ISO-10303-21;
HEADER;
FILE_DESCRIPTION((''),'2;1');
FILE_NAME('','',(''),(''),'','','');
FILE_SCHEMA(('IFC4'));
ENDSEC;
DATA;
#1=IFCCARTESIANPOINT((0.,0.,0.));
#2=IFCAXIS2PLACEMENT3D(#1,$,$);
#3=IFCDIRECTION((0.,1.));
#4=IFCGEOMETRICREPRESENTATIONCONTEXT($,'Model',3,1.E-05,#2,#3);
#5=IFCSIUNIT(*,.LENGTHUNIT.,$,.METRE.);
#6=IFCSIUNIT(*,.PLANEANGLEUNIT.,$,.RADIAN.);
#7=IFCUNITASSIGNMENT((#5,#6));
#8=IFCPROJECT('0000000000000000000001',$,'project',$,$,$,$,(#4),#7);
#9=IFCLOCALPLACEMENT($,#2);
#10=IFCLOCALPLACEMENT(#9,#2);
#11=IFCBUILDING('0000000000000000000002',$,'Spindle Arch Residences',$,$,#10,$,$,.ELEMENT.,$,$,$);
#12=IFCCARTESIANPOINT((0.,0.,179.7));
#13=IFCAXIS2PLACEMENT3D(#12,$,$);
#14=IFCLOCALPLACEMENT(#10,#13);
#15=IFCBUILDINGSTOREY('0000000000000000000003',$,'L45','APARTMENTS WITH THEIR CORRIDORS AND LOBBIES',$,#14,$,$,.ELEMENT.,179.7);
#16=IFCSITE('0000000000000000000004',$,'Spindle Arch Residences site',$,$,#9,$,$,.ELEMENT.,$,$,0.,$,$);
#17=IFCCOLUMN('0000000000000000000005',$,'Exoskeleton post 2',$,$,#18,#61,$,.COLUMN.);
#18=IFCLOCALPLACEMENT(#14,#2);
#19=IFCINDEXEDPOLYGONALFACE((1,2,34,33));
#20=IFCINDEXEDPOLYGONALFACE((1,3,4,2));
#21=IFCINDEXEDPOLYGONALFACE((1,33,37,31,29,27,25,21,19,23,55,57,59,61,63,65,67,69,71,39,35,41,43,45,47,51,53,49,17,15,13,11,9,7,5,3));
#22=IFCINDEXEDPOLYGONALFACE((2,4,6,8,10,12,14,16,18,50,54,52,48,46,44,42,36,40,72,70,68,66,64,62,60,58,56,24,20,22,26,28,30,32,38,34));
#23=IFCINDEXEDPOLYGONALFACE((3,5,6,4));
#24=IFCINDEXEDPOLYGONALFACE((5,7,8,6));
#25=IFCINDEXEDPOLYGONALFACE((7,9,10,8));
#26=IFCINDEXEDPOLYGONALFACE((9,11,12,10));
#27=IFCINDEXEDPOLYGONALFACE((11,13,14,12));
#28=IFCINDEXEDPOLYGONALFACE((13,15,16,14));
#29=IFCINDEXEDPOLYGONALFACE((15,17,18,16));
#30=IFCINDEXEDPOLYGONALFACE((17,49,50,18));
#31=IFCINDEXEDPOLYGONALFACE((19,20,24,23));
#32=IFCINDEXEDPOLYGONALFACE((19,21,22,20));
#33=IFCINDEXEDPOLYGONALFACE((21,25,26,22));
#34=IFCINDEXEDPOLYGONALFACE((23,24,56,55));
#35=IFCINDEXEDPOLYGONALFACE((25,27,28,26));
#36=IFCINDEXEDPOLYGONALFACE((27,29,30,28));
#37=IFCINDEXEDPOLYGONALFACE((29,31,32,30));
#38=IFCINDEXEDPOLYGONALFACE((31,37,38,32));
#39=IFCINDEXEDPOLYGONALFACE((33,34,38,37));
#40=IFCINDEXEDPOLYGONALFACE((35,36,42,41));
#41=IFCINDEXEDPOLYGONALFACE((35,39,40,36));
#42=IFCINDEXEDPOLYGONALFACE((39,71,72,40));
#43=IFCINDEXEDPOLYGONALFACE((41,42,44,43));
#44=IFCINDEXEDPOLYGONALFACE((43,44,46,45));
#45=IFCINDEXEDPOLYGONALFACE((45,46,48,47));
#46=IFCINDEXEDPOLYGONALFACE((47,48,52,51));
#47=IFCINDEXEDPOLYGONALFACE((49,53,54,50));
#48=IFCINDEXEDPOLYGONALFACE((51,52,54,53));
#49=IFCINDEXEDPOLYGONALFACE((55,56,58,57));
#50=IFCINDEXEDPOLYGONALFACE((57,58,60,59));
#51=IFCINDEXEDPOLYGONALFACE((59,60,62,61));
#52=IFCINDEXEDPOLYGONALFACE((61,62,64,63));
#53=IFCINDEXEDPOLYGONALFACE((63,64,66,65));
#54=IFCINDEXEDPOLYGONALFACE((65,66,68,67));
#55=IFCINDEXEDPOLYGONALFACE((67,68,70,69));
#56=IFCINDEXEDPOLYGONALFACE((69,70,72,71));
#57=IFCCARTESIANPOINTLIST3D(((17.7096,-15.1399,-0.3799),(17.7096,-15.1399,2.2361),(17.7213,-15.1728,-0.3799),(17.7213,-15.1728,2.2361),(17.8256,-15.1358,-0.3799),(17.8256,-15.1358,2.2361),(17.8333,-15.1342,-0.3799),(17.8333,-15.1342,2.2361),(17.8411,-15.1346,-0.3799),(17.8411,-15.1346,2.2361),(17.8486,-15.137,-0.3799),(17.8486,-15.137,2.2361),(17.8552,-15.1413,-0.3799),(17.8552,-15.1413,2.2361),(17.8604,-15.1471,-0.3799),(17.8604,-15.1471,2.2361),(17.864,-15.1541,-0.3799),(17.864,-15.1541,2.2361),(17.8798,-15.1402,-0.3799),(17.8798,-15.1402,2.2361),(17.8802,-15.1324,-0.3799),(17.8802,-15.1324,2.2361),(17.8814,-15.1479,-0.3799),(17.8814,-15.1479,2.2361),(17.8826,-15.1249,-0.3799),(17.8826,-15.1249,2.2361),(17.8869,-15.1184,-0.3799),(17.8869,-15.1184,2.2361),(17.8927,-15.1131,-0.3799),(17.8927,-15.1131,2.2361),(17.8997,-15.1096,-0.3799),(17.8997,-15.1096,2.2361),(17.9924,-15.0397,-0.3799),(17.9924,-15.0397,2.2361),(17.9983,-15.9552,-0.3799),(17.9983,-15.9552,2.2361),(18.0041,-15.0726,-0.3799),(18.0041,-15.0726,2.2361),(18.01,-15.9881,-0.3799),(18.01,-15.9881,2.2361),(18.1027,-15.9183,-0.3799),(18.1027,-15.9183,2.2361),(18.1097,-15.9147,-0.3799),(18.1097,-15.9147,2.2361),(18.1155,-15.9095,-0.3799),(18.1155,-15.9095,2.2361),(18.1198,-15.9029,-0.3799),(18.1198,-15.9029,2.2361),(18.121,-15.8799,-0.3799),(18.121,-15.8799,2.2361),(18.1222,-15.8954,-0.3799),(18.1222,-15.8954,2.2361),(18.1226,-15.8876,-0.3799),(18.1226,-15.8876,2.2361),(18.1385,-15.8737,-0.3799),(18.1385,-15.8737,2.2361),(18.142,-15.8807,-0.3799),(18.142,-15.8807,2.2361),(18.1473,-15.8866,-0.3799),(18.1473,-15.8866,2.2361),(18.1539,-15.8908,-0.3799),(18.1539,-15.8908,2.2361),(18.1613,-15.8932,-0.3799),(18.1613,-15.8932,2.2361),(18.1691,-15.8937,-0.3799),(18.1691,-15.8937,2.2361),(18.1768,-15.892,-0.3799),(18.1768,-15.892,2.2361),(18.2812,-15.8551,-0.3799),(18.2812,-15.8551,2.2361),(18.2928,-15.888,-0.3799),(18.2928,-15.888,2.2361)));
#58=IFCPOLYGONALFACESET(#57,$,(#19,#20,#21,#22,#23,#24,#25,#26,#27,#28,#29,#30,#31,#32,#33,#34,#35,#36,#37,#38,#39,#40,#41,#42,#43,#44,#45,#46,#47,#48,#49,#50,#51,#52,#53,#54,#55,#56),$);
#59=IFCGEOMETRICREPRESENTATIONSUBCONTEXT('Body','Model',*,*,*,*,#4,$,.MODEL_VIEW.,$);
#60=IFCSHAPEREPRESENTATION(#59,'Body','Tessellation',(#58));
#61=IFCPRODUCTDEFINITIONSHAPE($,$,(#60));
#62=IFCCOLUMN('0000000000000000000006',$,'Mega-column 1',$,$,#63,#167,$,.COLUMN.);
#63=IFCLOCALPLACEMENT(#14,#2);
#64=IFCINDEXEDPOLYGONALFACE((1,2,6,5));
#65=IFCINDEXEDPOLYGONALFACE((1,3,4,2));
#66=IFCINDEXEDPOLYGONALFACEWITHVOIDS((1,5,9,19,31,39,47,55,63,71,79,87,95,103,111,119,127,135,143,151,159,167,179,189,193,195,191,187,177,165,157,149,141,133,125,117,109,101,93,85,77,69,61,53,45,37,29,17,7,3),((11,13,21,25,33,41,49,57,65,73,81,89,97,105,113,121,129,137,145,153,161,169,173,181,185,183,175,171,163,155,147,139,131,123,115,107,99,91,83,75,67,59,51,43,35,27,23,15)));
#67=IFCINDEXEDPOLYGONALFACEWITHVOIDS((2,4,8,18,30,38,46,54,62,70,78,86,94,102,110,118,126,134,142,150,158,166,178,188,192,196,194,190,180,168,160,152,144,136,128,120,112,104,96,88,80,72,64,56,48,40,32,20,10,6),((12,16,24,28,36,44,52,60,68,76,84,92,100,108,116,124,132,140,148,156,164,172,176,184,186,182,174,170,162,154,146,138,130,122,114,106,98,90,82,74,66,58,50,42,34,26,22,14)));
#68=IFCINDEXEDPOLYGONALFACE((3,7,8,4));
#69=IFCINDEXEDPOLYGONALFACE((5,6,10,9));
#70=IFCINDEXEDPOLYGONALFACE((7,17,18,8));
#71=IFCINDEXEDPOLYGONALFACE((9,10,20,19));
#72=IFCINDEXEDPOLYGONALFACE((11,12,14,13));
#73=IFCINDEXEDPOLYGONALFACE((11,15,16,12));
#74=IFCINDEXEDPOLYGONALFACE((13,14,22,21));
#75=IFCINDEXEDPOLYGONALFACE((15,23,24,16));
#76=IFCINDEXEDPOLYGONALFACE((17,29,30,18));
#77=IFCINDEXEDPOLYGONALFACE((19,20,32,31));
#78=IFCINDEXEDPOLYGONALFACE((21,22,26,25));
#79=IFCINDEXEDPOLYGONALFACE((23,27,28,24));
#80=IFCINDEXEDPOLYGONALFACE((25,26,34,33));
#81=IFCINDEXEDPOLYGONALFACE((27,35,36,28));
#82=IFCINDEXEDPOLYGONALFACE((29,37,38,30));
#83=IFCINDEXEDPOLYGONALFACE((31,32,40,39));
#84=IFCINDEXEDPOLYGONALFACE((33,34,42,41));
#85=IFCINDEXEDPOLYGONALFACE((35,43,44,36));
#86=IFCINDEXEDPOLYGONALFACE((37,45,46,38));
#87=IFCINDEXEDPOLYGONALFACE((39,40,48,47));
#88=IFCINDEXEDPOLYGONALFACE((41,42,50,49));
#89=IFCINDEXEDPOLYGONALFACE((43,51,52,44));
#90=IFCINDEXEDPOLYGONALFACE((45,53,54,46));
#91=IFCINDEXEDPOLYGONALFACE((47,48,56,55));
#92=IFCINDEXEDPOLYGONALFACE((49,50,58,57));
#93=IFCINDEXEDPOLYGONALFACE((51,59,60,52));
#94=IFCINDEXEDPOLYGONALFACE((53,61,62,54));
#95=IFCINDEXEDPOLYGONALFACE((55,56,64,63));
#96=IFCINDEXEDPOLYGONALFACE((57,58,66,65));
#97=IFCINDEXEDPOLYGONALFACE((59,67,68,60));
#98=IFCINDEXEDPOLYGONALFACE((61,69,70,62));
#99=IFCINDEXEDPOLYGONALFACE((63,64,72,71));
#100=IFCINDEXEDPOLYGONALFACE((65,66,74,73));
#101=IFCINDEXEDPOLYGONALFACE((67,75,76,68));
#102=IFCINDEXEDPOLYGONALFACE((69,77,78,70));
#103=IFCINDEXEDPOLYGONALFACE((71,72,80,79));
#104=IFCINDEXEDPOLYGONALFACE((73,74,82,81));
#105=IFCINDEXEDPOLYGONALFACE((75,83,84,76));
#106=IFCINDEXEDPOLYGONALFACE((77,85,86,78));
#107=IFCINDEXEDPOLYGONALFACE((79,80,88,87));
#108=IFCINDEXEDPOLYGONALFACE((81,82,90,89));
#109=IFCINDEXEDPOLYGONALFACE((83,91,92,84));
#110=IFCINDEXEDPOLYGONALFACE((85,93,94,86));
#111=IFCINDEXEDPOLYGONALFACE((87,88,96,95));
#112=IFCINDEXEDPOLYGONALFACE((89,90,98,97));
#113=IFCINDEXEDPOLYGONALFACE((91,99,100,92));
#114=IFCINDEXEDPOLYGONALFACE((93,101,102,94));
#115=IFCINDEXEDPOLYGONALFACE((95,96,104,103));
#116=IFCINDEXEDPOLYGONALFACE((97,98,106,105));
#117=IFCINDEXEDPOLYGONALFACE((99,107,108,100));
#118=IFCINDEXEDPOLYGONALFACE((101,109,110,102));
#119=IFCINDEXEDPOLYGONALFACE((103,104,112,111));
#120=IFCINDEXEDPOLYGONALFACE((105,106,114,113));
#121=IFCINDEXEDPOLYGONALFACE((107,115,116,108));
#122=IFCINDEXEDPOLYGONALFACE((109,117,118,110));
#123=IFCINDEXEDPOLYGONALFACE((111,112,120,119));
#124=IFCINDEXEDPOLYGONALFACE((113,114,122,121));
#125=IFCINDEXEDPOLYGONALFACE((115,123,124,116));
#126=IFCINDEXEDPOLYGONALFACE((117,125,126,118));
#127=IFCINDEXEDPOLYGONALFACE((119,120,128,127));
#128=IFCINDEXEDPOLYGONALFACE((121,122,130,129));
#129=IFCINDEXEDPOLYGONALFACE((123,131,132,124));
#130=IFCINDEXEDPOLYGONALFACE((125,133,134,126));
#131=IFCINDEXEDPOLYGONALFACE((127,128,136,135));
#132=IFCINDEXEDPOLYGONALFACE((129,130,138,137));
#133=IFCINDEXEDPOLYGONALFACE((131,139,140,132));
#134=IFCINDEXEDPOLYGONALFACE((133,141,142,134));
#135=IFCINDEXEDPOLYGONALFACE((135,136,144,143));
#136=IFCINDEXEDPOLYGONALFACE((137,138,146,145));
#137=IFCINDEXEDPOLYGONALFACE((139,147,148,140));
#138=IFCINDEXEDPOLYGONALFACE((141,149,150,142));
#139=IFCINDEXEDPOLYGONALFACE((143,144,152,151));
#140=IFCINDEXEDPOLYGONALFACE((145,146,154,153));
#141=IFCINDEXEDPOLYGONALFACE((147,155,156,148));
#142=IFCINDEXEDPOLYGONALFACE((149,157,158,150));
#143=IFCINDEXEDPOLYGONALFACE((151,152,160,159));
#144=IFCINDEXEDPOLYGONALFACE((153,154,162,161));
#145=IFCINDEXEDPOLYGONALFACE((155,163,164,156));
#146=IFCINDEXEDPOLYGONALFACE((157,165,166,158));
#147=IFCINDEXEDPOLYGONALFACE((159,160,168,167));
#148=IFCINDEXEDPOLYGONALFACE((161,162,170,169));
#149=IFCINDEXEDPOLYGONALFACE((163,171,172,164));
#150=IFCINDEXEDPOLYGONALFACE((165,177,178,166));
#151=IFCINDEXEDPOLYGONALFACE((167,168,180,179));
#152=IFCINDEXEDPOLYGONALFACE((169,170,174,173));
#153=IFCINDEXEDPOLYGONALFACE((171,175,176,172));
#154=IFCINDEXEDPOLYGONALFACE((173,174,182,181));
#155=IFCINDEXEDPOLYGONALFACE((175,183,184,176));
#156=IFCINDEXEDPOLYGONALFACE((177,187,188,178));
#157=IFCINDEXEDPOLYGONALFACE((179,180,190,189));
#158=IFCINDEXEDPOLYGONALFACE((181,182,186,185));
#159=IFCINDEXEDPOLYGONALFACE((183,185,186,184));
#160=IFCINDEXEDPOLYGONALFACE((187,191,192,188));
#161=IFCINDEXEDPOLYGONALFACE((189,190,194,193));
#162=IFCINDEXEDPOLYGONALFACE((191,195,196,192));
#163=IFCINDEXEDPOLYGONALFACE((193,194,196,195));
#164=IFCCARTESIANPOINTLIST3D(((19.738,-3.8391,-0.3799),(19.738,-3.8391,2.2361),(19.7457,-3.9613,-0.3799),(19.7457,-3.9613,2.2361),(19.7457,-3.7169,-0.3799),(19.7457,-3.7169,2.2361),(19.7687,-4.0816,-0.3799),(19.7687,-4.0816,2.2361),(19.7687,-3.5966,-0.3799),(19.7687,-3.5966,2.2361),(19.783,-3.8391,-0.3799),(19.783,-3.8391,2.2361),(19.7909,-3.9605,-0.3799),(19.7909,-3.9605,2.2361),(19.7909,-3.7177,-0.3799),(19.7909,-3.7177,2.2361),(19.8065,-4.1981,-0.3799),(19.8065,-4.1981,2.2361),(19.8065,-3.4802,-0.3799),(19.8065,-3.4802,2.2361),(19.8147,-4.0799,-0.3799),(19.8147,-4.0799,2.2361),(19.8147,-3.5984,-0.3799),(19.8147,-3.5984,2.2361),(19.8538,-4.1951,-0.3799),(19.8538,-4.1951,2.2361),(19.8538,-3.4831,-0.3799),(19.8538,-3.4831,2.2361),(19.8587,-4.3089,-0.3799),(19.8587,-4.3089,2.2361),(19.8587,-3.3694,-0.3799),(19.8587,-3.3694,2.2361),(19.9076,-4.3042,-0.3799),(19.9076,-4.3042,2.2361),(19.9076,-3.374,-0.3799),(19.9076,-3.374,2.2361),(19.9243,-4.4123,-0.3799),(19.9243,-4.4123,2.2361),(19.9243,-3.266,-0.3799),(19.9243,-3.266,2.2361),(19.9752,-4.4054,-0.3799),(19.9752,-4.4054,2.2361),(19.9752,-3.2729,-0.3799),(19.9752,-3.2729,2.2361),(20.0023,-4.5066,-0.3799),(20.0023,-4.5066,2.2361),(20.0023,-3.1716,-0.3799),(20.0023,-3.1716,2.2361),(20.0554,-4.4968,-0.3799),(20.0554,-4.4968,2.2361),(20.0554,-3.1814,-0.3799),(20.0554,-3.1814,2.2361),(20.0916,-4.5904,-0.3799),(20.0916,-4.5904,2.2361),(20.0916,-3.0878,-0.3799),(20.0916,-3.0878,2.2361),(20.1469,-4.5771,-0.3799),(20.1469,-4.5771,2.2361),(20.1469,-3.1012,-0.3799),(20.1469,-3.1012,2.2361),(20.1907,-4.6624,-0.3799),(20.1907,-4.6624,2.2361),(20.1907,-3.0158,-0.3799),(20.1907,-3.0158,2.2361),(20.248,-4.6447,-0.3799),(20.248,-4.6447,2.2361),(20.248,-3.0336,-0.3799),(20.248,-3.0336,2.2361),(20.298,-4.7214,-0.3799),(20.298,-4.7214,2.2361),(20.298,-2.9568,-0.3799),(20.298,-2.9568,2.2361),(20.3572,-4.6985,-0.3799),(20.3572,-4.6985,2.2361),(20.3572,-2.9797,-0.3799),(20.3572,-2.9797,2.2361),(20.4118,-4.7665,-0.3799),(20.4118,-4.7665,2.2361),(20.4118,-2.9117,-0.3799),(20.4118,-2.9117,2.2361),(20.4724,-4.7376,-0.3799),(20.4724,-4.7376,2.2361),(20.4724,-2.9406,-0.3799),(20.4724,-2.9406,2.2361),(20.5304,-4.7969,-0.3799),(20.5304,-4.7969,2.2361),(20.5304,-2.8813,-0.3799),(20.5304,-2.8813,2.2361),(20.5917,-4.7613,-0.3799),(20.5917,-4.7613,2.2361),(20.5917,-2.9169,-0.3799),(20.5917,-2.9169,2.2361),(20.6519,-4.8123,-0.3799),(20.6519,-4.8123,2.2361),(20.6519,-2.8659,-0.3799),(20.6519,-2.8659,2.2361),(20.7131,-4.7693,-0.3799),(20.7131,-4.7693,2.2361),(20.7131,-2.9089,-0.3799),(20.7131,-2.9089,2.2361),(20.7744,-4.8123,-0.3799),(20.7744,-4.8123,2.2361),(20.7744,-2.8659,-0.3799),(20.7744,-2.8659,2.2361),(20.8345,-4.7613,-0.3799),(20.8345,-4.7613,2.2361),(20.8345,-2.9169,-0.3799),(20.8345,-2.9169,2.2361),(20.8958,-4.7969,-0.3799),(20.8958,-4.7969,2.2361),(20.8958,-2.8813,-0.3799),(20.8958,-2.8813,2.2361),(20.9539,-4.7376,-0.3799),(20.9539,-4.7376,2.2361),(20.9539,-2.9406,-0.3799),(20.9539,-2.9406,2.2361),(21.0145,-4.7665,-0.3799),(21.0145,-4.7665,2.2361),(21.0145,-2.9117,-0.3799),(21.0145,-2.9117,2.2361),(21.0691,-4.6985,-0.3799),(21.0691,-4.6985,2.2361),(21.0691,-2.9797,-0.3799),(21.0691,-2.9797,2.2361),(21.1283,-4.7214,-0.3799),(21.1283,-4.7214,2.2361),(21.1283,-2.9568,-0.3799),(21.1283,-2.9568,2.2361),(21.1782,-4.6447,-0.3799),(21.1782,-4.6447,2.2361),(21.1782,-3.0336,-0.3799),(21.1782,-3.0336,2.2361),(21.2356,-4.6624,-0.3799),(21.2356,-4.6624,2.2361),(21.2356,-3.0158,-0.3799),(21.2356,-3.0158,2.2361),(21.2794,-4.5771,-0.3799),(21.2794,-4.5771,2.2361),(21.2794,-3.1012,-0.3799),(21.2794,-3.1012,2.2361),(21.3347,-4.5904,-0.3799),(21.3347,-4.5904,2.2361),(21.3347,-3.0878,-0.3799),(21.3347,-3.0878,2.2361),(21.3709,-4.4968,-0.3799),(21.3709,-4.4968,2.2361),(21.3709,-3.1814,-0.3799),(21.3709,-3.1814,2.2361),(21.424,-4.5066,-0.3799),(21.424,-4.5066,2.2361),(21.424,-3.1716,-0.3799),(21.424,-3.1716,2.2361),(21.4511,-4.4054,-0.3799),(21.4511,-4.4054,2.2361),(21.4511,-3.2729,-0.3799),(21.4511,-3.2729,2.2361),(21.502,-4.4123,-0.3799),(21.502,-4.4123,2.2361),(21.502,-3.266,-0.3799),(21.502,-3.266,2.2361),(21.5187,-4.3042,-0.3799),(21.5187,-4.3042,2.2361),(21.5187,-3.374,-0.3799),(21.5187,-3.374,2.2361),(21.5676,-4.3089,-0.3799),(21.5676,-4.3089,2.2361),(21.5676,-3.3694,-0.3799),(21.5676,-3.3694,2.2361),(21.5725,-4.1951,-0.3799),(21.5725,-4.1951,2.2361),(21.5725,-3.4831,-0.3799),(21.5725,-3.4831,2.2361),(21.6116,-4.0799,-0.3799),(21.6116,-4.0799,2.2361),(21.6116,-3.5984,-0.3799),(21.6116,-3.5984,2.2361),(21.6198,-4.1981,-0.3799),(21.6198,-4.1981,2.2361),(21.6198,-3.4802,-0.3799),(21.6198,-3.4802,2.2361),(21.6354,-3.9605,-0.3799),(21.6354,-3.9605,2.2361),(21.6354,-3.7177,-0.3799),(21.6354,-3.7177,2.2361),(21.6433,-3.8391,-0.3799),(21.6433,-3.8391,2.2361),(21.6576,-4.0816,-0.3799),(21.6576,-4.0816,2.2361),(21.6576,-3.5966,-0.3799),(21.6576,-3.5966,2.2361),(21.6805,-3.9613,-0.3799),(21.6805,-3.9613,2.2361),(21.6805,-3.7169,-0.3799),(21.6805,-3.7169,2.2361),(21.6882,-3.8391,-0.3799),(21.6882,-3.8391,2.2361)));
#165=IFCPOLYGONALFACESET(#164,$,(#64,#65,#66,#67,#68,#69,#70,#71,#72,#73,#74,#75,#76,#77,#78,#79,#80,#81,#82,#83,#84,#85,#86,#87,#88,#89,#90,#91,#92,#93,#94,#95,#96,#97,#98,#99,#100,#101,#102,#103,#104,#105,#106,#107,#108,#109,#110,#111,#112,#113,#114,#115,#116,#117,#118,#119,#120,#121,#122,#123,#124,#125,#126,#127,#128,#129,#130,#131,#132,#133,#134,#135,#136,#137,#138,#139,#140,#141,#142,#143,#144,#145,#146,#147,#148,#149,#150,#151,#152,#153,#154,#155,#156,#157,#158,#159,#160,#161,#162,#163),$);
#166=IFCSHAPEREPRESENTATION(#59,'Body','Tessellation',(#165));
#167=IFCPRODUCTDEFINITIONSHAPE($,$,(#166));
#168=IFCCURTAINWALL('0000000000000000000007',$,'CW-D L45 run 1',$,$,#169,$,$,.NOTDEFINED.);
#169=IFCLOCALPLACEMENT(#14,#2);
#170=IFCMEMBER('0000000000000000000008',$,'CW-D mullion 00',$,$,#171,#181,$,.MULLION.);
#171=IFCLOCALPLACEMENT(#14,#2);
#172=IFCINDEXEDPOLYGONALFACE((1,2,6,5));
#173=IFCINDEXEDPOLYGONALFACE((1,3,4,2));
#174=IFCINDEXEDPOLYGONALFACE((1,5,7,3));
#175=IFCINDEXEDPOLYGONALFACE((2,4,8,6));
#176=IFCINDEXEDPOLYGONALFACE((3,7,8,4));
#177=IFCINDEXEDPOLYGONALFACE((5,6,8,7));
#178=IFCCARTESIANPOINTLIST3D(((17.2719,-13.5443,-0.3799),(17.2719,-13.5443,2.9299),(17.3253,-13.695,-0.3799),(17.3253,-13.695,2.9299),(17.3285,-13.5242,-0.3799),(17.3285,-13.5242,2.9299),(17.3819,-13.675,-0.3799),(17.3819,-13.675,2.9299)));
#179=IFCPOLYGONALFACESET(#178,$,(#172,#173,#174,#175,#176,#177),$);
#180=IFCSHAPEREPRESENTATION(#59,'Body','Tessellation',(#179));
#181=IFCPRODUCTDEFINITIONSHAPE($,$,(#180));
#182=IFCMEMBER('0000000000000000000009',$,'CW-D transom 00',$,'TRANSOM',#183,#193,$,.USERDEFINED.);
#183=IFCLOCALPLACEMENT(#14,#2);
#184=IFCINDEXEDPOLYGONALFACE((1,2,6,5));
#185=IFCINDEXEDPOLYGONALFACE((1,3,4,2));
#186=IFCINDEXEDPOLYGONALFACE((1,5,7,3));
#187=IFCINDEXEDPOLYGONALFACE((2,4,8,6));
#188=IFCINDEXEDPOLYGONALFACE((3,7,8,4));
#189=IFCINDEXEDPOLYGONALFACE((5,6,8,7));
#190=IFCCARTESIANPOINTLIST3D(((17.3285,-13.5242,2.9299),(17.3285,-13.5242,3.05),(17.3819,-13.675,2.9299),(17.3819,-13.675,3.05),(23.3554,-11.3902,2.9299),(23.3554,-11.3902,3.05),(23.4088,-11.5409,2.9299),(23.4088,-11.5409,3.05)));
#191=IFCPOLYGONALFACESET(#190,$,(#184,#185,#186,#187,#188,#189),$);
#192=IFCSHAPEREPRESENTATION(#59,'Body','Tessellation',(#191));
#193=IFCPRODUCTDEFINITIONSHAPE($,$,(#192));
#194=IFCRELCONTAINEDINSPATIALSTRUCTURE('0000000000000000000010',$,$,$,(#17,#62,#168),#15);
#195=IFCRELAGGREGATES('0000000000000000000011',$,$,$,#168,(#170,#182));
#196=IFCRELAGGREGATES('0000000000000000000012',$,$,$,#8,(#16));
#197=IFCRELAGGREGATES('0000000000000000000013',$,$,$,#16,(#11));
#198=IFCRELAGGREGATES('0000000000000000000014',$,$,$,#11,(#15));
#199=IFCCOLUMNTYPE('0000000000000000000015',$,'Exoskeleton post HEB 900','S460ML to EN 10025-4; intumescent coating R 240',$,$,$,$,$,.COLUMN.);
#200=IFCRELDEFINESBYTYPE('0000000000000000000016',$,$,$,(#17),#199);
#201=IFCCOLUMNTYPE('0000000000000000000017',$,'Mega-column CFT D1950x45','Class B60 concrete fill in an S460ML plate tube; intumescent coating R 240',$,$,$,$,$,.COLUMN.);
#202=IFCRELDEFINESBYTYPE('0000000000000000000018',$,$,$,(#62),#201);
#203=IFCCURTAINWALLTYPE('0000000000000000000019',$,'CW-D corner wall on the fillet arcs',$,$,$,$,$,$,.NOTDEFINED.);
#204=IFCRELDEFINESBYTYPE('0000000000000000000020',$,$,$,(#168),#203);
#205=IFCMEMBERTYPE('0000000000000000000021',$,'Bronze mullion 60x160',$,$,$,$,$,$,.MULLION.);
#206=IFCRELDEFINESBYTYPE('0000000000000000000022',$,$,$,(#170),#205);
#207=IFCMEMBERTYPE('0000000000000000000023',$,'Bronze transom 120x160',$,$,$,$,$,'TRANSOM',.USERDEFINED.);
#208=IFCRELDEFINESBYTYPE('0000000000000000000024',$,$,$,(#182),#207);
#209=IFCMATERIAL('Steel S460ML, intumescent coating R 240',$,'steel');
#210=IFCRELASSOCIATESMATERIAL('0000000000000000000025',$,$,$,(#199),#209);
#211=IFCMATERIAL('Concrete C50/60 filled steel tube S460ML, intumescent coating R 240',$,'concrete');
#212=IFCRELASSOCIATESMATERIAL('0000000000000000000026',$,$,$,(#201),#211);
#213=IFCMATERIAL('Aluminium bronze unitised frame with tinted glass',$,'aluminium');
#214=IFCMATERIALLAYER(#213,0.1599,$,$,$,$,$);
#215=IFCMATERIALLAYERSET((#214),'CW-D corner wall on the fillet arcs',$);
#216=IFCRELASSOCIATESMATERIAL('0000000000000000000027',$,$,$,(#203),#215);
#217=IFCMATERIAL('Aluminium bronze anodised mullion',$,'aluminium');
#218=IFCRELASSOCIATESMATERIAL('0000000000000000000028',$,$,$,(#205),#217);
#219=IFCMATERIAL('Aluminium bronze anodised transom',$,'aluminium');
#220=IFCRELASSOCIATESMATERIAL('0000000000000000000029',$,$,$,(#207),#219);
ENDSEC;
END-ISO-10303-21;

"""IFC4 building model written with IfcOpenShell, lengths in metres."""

from ifc_helpers import new_model, si_unit, direction, frame, origin, origin_2d, place, context, subcontext, project, spatial, rectangle, hollow_circle, i_section, extrude, material, layer, layer_set, material_profile, profile_set, type_object, element, aggregate, save


model = new_model("IFC4")

# Units and contexts
model_context = context("Model", 3, precision=1e-05, world=origin(), true_north=direction((0.0, 1.0)))
body_context = subcontext(model_context, "Body", "Model", "MODEL_VIEW")
ifc_project = project(units=[si_unit("LENGTHUNIT", "METRE"), si_unit("PLANEANGLEUNIT", "RADIAN")], contexts=[model_context])

# Site, building, storey
site_placement = place(None, origin())
site = spatial("IfcSite", under=ifc_project, at=site_placement, Name="Spindle Arch Residences site", CompositionType="ELEMENT", RefElevation=0.0)
building_placement = place(site_placement, origin())
building = spatial("IfcBuilding", under=site, at=building_placement, Name="Spindle Arch Residences", CompositionType="ELEMENT")
storey_placement = place(building_placement, frame((0.0, 0.0, 179.7)))
storey = spatial("IfcBuildingStorey", under=building, at=storey_placement, Name="L45", Description="APARTMENTS WITH THEIR CORRIDORS AND LOBBIES", CompositionType="ELEMENT", Elevation=179.7)

# Columns
ifc_material_1 = material(Name="Steel S460ML, intumescent coating R 240", Category="steel")
ifc_material_profile_1 = material_profile(ifc_material_1, i_section(OverallWidth=0.3, OverallDepth=0.8999, WebThickness=0.0186, FlangeThickness=0.0349, FilletRadius=0.03, at=origin_2d()), Name="HEB 900")
ifc_profile_set_1 = profile_set([ifc_material_profile_1], Name="Steel S460ML, intumescent coating R 240")
column_type_1 = type_object("IfcColumnType", Name="Exoskeleton post HEB 900", Description="S460ML to EN 10025-4; intumescent coating R 240", PredefinedType="COLUMN", material=ifc_profile_set_1)
column_1_placement = place(storey_placement, frame((18.0012, -15.5139, -0.3799), z_axis=(0.0, 0.0, 1.0), x_axis=(-0.942641, -0.333807, 0.0)))
element("IfcColumn", 1, at=column_1_placement, inside=storey, type_object=column_type_1, Name="Exoskeleton post 2", PredefinedType="COLUMN", context=body_context, shape_type="SweptSolid", body=[
    extrude(i_section(OverallWidth=0.3, OverallDepth=0.8999, WebThickness=0.0186, FlangeThickness=0.0349, FilletRadius=0.03, at=origin_2d()), origin(), (0.0, 0.0, 1.0), 2.616),
])
ifc_material_2 = material(Name="Concrete C50/60 filled steel tube S460ML, intumescent coating R 240", Category="concrete")
ifc_material_profile_2 = material_profile(ifc_material_2, hollow_circle(Radius=0.9751, WallThickness=0.0449, at=origin_2d()), Name="CFT D1950x45")
ifc_profile_set_2 = profile_set([ifc_material_profile_2], Name="Concrete C50/60 filled steel tube S460ML, intumescent coating R 240")
column_type_2 = type_object("IfcColumnType", Name="Mega-column CFT D1950x45", Description="Class B60 concrete fill in an S460ML plate tube; intumescent coating R 240", PredefinedType="COLUMN", material=ifc_profile_set_2)
column_2_placement = place(storey_placement, frame((20.7131, -3.8391, -0.3799), z_axis=(0.0, 0.0, 1.0), x_axis=(1.0, 0.0, 0.0)))
element("IfcColumn", 2, at=column_2_placement, inside=storey, type_object=column_type_2, Name="Mega-column 1", PredefinedType="COLUMN", context=body_context, shape_type="SweptSolid", body=[
    extrude(hollow_circle(Radius=0.9751, WallThickness=0.0449, at=origin_2d()), origin(), (0.0, 0.0, 1.0), 2.616),
])

# Curtain wall, members
ifc_material_3 = material(Name="Aluminium bronze unitised frame with tinted glass", Category="aluminium")
ifc_layer_1 = layer(ifc_material_3, 0.1599)
ifc_layer_set_1 = layer_set([ifc_layer_1], Name="CW-D corner wall on the fillet arcs")
curtain_wall_type_1 = type_object("IfcCurtainWallType", Name="CW-D corner wall on the fillet arcs", PredefinedType="NOTDEFINED", material=ifc_layer_set_1)
curtain_wall_1_placement = place(storey_placement, origin())
curtain_wall_1 = element("IfcCurtainWall", 3, at=curtain_wall_1_placement, inside=storey, type_object=curtain_wall_type_1, Name="CW-D L45 run 1", PredefinedType="NOTDEFINED")
ifc_material_4 = material(Name="Aluminium bronze anodised mullion", Category="aluminium")
ifc_material_profile_3 = material_profile(ifc_material_4, rectangle(XDim=0.1599, YDim=0.0601, at=origin_2d()), Name="MU 60x160")
ifc_profile_set_3 = profile_set([ifc_material_profile_3], Name="Aluminium bronze anodised mullion")
member_type_1 = type_object("IfcMemberType", Name="Bronze mullion 60x160", PredefinedType="MULLION", material=ifc_profile_set_3)
member_1_placement = place(storey_placement, frame((17.3269, -13.6096, -0.3799), z_axis=(0.0, 0.0, 1.0), x_axis=(-0.333807, 0.942641, 0.0)))
member_1 = element("IfcMember", 4, at=member_1_placement, type_object=member_type_1, Name="CW-D mullion 00", PredefinedType="MULLION", context=body_context, shape_type="SweptSolid", body=[
    extrude(rectangle(XDim=0.1599, YDim=0.0601, at=origin_2d()), origin(), (0.0, 0.0, 1.0), 3.3098),
])
ifc_material_5 = material(Name="Aluminium bronze anodised transom", Category="aluminium")
ifc_material_profile_4 = material_profile(ifc_material_5, rectangle(XDim=0.1599, YDim=0.1201, at=origin_2d()), Name="TR 120x160")
ifc_profile_set_4 = profile_set([ifc_material_profile_4], Name="Aluminium bronze anodised transom")
member_type_2 = type_object("IfcMemberType", Name="Bronze transom 120x160", ElementType="TRANSOM", PredefinedType="USERDEFINED", material=ifc_profile_set_4)
member_2_placement = place(storey_placement, frame((17.3552, -13.5996, 2.99), z_axis=(0.942651, 0.333781, 0.0), x_axis=(-0.333781, 0.942651, 0.0)))
member_2 = element("IfcMember", 5, at=member_2_placement, type_object=member_type_2, Name="CW-D transom 00", ObjectType="TRANSOM", PredefinedType="USERDEFINED", context=body_context, shape_type="SweptSolid", body=[
    extrude(rectangle(XDim=0.1599, YDim=0.1201, at=origin_2d()), origin(), (0.0, 0.0, 1.0), 6.3936),
])

aggregate(curtain_wall_1, [member_1, member_2])

save(model, "model.ifc")
